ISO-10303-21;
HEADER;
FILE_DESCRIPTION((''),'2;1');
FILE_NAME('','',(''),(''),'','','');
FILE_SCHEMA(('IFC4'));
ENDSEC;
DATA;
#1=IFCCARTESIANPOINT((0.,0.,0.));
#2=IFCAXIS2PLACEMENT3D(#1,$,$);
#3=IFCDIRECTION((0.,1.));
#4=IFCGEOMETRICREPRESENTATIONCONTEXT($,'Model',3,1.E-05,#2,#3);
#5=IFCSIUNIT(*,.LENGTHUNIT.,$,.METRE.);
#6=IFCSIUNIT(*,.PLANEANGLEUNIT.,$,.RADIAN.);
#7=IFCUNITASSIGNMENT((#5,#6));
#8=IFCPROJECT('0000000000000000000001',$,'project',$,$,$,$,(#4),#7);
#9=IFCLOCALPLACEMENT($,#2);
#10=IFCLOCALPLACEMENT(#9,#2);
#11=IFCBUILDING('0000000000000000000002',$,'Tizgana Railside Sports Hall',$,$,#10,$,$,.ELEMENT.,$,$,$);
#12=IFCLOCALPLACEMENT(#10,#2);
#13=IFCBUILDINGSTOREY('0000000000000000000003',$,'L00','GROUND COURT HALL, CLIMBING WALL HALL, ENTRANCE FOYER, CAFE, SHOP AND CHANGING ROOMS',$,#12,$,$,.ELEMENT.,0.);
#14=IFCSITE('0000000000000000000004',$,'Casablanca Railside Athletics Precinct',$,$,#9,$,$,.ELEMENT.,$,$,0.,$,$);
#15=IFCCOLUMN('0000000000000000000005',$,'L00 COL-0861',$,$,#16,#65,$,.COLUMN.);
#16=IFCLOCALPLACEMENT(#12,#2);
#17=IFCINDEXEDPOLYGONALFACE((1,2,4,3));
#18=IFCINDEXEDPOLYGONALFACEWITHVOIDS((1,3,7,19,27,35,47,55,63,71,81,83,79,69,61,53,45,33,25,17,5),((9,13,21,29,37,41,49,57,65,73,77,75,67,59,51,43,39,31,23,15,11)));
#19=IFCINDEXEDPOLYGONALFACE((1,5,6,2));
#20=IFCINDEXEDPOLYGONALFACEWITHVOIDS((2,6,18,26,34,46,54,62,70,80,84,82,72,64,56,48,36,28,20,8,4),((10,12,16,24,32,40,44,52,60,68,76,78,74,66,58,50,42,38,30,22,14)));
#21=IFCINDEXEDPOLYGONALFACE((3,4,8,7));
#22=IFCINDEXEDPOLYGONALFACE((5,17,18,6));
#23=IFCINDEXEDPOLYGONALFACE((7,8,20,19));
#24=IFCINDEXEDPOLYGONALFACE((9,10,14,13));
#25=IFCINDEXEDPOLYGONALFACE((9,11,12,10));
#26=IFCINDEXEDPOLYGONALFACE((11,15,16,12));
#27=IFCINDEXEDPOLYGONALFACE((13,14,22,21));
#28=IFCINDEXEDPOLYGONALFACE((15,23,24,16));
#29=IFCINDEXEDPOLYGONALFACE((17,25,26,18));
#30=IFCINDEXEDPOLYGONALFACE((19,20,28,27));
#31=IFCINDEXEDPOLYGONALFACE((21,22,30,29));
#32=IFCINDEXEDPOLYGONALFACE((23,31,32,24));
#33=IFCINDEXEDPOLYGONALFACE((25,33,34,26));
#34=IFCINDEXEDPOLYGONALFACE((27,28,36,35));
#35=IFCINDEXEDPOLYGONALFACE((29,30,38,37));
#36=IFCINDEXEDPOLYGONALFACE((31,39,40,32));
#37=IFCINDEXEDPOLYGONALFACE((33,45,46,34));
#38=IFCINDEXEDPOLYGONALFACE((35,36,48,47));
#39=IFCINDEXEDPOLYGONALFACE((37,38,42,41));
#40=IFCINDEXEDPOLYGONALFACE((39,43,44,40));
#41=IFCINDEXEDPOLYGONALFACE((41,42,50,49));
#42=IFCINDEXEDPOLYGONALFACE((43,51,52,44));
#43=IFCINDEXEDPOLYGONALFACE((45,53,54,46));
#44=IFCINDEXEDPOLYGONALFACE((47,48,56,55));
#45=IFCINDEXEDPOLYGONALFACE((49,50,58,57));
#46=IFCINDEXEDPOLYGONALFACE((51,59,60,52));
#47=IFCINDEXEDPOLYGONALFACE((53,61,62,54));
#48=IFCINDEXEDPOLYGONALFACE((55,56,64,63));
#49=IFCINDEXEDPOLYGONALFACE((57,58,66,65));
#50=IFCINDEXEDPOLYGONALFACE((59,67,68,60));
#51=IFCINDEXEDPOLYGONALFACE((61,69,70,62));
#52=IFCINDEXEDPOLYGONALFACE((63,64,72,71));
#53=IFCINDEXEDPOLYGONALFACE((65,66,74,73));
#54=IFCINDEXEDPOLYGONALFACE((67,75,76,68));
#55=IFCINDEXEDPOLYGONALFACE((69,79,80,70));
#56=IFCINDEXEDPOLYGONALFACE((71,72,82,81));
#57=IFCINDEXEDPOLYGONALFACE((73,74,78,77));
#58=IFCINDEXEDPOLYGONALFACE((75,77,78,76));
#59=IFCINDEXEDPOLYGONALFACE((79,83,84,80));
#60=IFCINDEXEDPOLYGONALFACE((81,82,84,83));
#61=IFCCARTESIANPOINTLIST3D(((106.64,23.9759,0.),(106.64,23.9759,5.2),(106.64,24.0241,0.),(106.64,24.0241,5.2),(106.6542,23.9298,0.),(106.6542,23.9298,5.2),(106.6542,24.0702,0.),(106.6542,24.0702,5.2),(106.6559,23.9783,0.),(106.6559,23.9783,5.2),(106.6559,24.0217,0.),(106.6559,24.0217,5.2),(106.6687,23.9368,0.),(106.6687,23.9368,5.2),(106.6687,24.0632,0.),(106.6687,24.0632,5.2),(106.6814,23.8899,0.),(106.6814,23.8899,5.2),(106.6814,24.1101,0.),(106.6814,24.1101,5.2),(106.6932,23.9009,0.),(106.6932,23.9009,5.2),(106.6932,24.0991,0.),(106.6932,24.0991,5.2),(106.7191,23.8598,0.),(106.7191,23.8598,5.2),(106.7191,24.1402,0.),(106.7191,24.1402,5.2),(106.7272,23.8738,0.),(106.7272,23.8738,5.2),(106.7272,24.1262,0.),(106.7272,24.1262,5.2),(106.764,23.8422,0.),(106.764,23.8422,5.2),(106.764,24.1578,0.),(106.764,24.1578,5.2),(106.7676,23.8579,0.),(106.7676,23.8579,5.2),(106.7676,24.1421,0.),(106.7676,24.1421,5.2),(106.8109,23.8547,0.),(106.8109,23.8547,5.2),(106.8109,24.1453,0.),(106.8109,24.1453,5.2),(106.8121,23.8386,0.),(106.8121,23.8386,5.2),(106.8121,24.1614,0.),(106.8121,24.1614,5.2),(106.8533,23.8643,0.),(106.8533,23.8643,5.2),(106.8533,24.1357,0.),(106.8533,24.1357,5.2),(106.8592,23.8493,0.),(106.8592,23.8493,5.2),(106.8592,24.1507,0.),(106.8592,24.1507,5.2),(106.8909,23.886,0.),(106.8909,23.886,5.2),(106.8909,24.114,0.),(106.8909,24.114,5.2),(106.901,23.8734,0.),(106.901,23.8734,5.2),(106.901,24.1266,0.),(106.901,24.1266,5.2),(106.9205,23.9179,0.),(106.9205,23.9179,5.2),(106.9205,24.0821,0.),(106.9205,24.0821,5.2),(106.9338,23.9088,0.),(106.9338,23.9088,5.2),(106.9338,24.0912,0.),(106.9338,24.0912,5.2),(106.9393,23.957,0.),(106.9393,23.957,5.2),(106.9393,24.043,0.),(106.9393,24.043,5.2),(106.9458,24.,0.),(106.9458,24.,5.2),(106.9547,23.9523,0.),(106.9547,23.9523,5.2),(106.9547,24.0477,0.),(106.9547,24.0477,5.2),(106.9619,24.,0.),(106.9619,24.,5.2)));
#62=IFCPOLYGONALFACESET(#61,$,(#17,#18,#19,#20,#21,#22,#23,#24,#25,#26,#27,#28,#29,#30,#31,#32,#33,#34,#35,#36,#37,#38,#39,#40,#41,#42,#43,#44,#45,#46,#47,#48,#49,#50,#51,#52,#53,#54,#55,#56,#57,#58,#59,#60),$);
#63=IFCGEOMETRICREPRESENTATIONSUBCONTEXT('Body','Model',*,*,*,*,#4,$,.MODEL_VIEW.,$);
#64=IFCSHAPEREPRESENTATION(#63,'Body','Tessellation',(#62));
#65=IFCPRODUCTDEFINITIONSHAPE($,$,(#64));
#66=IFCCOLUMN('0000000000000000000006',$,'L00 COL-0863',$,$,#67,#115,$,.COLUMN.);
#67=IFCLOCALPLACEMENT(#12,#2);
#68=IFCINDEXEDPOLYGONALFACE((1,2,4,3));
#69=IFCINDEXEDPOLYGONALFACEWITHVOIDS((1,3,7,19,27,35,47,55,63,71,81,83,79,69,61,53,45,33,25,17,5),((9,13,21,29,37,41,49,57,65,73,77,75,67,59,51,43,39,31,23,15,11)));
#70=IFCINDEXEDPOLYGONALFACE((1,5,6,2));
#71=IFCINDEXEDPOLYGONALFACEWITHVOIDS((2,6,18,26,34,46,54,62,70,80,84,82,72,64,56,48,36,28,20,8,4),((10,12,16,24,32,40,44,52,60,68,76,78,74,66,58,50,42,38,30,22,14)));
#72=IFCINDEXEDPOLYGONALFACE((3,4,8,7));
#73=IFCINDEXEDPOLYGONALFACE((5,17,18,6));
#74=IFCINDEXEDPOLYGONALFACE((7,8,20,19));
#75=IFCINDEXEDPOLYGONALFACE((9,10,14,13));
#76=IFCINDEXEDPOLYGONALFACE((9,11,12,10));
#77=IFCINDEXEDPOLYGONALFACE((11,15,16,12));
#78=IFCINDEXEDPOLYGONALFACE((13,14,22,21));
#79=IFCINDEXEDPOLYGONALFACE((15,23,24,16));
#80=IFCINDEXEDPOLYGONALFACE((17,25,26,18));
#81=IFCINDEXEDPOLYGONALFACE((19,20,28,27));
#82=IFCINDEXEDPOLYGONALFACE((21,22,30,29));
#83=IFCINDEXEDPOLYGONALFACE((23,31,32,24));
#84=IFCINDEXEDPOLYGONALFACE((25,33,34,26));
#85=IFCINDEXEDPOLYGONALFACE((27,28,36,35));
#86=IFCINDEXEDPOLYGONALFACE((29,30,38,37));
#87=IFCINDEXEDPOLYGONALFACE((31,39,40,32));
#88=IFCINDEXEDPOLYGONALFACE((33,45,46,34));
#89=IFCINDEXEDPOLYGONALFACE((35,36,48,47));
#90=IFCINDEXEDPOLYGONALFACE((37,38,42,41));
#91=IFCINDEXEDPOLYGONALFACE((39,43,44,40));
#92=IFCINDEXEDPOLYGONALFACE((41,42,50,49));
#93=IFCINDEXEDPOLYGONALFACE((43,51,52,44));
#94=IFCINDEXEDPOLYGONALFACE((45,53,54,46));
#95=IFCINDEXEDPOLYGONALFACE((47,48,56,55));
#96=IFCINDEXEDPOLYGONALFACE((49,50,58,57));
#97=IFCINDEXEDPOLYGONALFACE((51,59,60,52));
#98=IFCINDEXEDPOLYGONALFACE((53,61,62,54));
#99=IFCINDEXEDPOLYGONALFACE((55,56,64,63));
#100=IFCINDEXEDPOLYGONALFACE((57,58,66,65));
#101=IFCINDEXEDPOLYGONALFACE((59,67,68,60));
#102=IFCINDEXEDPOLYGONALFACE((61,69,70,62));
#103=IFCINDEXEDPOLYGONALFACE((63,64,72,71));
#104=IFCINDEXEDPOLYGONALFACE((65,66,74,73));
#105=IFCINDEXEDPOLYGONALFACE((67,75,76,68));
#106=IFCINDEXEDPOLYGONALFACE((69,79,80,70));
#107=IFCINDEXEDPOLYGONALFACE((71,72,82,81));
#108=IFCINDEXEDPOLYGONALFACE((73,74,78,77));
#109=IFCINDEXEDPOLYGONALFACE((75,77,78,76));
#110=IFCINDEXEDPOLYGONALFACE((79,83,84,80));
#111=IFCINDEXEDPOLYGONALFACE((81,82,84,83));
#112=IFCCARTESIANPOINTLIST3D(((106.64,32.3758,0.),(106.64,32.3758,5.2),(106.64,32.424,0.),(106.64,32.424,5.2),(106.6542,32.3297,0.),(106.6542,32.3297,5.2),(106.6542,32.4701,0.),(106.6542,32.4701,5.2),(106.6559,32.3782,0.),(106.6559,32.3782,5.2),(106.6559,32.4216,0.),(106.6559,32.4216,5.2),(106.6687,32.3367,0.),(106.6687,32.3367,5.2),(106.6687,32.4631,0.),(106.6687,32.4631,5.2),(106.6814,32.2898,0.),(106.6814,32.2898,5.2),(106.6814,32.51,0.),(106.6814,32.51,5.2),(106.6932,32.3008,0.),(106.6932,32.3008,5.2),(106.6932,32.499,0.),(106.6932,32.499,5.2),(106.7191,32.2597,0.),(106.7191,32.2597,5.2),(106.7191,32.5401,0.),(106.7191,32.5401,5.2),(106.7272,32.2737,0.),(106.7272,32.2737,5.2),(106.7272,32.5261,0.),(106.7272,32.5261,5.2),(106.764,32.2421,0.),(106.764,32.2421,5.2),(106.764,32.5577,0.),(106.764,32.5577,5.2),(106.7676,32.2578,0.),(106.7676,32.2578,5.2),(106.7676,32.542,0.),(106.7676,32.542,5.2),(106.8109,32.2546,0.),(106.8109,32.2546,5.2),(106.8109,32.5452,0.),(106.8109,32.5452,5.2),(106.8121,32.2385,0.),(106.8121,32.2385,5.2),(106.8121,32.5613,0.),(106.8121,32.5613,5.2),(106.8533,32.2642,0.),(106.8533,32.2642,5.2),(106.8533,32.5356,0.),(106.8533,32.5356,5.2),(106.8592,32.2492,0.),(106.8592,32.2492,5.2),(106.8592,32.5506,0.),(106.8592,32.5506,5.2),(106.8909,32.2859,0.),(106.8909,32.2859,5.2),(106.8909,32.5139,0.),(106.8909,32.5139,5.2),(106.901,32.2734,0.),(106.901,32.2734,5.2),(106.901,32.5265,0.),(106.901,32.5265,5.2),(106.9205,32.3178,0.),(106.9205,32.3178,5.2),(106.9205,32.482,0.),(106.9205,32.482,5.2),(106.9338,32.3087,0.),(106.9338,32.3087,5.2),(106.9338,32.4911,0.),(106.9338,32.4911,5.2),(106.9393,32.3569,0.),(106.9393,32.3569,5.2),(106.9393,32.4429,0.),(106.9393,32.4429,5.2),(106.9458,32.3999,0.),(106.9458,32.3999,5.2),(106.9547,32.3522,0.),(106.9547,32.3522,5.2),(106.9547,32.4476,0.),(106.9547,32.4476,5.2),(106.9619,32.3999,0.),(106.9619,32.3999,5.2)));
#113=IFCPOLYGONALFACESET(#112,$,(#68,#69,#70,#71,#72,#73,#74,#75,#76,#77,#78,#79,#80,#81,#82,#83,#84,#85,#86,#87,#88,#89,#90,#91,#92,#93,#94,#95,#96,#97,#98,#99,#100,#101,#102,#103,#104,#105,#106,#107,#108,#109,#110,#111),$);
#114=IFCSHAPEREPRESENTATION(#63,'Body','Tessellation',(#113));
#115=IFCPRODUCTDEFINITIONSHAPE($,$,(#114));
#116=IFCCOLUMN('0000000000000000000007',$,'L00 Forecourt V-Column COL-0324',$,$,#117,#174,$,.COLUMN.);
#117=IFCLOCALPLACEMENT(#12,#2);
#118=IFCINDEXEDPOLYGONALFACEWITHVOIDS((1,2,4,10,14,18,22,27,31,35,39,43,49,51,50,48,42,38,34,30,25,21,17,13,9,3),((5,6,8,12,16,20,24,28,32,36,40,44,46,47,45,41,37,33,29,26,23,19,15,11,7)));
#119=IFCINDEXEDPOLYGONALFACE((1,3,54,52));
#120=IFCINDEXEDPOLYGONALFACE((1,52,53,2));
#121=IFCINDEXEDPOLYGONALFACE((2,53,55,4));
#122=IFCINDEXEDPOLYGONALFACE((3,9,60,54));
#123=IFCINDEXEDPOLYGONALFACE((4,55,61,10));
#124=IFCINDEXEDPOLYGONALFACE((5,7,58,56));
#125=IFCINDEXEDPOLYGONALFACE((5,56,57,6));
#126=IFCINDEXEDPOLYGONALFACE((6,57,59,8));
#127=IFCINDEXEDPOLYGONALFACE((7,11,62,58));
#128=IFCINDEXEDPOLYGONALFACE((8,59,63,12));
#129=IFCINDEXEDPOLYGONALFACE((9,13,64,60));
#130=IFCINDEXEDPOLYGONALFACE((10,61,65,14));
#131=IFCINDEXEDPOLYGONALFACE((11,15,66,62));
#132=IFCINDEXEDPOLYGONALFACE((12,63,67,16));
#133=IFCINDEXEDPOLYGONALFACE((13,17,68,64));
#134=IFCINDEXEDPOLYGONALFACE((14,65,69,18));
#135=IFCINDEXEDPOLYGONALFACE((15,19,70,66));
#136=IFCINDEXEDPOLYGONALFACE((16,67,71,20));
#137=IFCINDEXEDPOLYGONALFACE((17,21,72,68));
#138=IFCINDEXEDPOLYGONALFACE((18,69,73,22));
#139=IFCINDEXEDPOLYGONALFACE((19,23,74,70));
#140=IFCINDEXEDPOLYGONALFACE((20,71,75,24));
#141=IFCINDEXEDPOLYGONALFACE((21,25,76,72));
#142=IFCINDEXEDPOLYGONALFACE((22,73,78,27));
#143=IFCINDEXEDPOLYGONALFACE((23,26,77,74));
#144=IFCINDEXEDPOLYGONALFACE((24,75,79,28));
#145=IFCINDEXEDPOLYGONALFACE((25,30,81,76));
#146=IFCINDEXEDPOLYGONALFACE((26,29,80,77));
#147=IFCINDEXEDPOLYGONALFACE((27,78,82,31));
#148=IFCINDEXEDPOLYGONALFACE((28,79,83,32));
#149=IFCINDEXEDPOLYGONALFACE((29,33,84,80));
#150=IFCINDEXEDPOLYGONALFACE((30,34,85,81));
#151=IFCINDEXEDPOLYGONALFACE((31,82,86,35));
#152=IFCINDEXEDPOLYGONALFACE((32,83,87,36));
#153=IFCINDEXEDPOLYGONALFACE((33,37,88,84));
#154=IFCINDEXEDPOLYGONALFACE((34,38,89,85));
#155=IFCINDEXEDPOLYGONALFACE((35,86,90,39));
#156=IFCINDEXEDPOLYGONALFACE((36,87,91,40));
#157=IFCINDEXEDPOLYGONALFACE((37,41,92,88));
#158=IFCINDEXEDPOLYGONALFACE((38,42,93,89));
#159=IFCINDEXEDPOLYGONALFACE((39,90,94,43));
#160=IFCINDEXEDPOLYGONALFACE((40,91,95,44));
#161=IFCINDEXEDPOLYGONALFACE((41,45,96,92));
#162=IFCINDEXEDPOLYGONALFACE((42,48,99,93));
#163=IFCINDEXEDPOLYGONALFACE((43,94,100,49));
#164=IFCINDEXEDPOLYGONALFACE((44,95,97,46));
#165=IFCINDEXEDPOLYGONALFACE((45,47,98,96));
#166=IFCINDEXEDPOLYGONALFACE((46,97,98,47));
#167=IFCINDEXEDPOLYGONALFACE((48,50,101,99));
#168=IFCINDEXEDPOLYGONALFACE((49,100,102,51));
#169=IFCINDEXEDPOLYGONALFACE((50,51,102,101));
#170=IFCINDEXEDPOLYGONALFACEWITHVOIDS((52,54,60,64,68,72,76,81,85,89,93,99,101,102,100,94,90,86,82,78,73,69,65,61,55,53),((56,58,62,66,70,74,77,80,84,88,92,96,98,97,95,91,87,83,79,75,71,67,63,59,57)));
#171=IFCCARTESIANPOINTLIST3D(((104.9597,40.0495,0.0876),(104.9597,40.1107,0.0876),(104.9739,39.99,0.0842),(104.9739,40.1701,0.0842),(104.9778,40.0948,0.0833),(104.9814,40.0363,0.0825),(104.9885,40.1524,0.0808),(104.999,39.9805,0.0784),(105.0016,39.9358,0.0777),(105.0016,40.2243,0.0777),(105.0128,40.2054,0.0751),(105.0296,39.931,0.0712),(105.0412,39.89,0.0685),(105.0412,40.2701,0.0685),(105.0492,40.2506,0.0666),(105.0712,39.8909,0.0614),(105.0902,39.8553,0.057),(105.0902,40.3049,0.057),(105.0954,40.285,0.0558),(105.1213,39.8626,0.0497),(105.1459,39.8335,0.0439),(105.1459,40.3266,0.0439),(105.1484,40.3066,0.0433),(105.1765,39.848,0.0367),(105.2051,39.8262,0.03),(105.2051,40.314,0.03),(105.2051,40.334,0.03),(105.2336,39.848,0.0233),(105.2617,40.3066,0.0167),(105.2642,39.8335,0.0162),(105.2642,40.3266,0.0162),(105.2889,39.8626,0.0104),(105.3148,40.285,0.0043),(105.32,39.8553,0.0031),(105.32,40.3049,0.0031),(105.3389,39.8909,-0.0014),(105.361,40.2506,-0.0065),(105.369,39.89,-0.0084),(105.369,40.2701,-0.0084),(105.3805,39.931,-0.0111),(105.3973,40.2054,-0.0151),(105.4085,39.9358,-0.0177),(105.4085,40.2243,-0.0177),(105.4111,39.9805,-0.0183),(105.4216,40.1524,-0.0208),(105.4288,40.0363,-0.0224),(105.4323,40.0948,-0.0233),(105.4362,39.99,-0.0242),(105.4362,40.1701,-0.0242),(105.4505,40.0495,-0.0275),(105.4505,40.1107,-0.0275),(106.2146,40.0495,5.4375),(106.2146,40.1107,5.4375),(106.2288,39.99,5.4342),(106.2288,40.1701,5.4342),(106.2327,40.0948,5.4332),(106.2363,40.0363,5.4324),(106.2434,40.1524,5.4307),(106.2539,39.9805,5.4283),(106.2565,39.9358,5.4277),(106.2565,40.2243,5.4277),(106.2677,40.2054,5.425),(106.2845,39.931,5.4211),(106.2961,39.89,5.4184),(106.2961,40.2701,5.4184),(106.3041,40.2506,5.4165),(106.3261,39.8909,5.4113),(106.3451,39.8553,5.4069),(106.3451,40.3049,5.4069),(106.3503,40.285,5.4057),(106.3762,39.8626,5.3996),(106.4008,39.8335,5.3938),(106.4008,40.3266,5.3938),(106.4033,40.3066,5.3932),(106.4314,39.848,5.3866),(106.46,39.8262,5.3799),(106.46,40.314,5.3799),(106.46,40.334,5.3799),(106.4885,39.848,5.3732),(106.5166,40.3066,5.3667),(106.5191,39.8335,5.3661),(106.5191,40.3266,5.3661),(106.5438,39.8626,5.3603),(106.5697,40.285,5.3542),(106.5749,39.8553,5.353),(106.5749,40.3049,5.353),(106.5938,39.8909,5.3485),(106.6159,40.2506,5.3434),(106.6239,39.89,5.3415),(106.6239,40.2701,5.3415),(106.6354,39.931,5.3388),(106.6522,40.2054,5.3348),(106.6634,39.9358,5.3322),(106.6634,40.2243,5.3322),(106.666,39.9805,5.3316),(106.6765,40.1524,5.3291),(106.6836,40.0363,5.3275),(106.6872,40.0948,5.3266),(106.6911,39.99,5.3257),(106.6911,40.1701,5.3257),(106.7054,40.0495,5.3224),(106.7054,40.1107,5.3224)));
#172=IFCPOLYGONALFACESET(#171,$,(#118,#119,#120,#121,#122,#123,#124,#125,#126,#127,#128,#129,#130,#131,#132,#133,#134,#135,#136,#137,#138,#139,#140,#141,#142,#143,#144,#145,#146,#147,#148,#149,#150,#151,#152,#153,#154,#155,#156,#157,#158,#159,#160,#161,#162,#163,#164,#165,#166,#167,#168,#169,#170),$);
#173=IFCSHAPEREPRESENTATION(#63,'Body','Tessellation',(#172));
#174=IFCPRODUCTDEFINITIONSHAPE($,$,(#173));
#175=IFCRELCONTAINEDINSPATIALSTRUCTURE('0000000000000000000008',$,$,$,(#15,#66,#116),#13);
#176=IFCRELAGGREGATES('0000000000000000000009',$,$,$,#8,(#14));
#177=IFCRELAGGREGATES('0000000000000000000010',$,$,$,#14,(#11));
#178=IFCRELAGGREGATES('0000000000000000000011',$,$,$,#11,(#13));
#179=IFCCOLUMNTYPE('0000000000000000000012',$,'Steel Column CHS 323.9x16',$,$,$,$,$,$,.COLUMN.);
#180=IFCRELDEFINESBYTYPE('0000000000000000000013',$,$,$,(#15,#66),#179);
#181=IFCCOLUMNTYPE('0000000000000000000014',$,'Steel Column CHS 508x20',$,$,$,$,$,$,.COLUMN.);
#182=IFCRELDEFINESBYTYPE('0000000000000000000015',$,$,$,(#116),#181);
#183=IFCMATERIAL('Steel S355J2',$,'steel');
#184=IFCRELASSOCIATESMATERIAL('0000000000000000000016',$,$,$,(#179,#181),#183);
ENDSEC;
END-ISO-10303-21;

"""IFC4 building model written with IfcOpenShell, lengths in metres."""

from ifc_helpers import new_model, si_unit, direction, frame, origin, origin_2d, place, context, subcontext, project, spatial, hollow_circle, extrude, material, material_profile, profile_set, type_object, element, save


model = new_model("IFC4")

# Units and contexts
model_context = context("Model", 3, precision=1e-05, world=origin(), true_north=direction((0.0, 1.0)))
body_context = subcontext(model_context, "Body", "Model", "MODEL_VIEW")
ifc_project = project(units=[si_unit("LENGTHUNIT", "METRE"), si_unit("PLANEANGLEUNIT", "RADIAN")], contexts=[model_context])

# Site, building, storey
site_placement = place(None, origin())
site = spatial("IfcSite", under=ifc_project, at=site_placement, Name="Casablanca Railside Athletics Precinct", CompositionType="ELEMENT", RefElevation=0.0)
building_placement = place(site_placement, origin())
building = spatial("IfcBuilding", under=site, at=building_placement, Name="Tizgana Railside Sports Hall", CompositionType="ELEMENT")
storey_placement = place(building_placement, origin())
storey = spatial("IfcBuildingStorey", under=building, at=storey_placement, Name="L00", Description="GROUND COURT HALL, CLIMBING WALL HALL, ENTRANCE FOYER, CAFE, SHOP AND CHANGING ROOMS", CompositionType="ELEMENT", Elevation=0.0)

# Columns
ifc_material_1 = material(Name="Steel S355J2", Category="steel")
ifc_material_profile_1 = material_profile(ifc_material_1, hollow_circle(Radius=0.1619, WallThickness=0.0161, at=origin_2d()), Name="CHS 323.9x16")
ifc_profile_set_1 = profile_set([ifc_material_profile_1], Name="Steel S355J2")
column_type_1 = type_object("IfcColumnType", Name="Steel Column CHS 323.9x16", PredefinedType="COLUMN", material=ifc_profile_set_1)
for number, where, z_axis, x_axis, name in (
    (1, (106.8, 24.0, 0.0), (0.0, 0.0, 1.0), (1.0, 0.0, 0.0), "L00 COL-0861"),
    (2, (106.8, 32.3999, 0.0), (0.0, 0.0, 1.0), (1.0, 0.0, 0.0), "L00 COL-0863"),
):
    element("IfcColumn", number, at=place(storey_placement, frame(where, z_axis=z_axis, x_axis=x_axis)), inside=storey, type_object=column_type_1, Name=name, PredefinedType="COLUMN", context=body_context, shape_type="SweptSolid", body=[
        extrude(hollow_circle(Radius=0.1619, WallThickness=0.0161, at=origin_2d()), origin(), (0.0, 0.0, 1.0), 5.2),
    ])
ifc_material_profile_2 = material_profile(ifc_material_1, hollow_circle(Radius=0.2539, WallThickness=0.02, at=origin_2d()), Name="CHS 508x20")
ifc_profile_set_2 = profile_set([ifc_material_profile_2], Name="Steel S355J2")
column_type_2 = type_object("IfcColumnType", Name="Steel Column CHS 508x20", PredefinedType="COLUMN", material=ifc_profile_set_2)
for number, where, z_axis, x_axis, name in (
    (3, (105.2051, 40.0801, 0.03), (0.228366, 0.0, 0.973575), (0.0, 1.0, 0.0), "L00 Forecourt V-Column COL-0324"),
):
    element("IfcColumn", number, at=place(storey_placement, frame(where, z_axis=z_axis, x_axis=x_axis)), inside=storey, type_object=column_type_2, Name=name, PredefinedType="COLUMN", context=body_context, shape_type="SweptSolid", body=[
        extrude(hollow_circle(Radius=0.2539, WallThickness=0.02, at=origin_2d()), origin(), (0.0, 0.0, 1.0), 5.4951),
    ])

save(model, "model.ifc")
